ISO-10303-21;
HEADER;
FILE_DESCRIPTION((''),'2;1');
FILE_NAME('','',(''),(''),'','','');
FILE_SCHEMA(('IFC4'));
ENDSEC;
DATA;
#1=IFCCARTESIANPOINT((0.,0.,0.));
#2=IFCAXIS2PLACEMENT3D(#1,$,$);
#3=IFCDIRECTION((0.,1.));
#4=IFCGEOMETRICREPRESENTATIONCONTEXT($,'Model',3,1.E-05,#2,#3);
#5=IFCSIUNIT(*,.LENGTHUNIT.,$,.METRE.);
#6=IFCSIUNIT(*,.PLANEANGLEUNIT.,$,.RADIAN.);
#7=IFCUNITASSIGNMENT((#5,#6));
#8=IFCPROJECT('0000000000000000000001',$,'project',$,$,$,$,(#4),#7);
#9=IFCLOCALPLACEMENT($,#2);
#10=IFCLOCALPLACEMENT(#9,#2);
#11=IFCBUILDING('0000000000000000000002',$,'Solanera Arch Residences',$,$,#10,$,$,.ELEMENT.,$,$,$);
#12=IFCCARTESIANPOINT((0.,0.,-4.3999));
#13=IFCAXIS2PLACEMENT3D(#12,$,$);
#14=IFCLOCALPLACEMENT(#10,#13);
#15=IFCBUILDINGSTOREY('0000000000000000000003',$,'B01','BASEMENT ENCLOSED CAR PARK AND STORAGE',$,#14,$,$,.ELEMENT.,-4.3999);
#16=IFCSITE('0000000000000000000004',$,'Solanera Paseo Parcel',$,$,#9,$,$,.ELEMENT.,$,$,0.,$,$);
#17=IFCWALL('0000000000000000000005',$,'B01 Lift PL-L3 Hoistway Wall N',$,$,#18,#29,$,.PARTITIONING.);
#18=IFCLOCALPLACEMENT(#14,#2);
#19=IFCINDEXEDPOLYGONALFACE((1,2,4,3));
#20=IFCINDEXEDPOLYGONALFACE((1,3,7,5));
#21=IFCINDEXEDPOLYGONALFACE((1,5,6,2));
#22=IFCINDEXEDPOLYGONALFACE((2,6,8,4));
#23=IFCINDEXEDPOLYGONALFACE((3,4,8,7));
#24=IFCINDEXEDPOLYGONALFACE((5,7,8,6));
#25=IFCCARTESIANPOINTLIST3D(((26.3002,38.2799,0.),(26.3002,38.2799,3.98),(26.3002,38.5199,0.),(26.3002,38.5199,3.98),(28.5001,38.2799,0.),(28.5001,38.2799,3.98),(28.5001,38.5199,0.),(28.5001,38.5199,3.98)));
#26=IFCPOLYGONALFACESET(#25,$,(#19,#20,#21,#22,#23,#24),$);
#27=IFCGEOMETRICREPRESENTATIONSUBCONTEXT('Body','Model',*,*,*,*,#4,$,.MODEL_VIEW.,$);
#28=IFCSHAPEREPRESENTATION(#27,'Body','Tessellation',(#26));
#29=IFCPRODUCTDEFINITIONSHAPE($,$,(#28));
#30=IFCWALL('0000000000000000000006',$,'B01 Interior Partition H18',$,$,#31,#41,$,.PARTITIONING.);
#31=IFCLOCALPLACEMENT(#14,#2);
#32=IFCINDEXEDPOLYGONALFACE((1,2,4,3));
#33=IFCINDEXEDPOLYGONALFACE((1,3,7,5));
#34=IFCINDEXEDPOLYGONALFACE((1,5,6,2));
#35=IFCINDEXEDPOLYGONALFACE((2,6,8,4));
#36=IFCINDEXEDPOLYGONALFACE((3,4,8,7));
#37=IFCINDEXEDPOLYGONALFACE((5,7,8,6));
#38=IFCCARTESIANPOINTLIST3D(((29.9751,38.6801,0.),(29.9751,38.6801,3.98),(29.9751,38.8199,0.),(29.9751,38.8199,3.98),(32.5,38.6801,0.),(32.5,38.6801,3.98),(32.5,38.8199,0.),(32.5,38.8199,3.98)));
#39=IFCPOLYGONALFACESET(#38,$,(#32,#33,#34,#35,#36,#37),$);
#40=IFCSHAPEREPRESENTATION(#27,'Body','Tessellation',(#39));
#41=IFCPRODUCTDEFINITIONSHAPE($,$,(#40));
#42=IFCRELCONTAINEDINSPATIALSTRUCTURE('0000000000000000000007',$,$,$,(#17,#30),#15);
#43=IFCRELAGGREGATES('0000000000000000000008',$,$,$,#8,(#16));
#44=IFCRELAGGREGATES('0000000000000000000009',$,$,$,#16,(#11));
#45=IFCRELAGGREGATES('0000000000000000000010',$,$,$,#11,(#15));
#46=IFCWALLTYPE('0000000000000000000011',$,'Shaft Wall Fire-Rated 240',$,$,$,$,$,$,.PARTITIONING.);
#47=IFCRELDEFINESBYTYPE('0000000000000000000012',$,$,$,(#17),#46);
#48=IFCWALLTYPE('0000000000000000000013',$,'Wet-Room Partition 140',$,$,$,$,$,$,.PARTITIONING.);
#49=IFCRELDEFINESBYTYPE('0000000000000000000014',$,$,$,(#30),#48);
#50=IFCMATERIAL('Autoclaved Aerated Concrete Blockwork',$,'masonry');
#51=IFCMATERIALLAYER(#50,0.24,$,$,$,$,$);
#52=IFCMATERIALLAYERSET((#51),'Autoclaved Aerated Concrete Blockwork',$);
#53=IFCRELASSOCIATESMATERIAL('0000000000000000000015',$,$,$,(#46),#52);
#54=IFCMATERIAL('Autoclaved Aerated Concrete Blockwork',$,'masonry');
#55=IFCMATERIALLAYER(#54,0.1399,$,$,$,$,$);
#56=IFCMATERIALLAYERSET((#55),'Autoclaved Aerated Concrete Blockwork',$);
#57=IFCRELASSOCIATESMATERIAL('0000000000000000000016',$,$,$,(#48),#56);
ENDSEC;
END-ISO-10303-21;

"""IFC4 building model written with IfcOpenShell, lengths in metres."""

from ifc_helpers import new_model, si_unit, direction, frame, frame_2d, origin, place, context, subcontext, project, spatial, rectangle, extrude, material, layer, layer_set, type_object, element, save


model = new_model("IFC4")

# Units and contexts
model_context = context("Model", 3, precision=1e-05, world=origin(), true_north=direction((0.0, 1.0)))
body_context = subcontext(model_context, "Body", "Model", "MODEL_VIEW")
ifc_project = project(units=[si_unit("LENGTHUNIT", "METRE"), si_unit("PLANEANGLEUNIT", "RADIAN")], contexts=[model_context])

# Site, building, storey
site_placement = place(None, origin())
site = spatial("IfcSite", under=ifc_project, at=site_placement, Name="Solanera Paseo Parcel", CompositionType="ELEMENT", RefElevation=0.0)
building_placement = place(site_placement, origin())
building = spatial("IfcBuilding", under=site, at=building_placement, Name="Solanera Arch Residences", CompositionType="ELEMENT")
storey_placement = place(building_placement, frame((0.0, 0.0, -4.3999)))
storey = spatial("IfcBuildingStorey", under=building, at=storey_placement, Name="B01", Description="BASEMENT ENCLOSED CAR PARK AND STORAGE", CompositionType="ELEMENT", Elevation=-4.3999)

# Walls
ifc_material_1 = material(Name="Autoclaved Aerated Concrete Blockwork", Category="masonry")
ifc_layer_1 = layer(ifc_material_1, 0.24)
ifc_layer_set_1 = layer_set([ifc_layer_1], Name="Autoclaved Aerated Concrete Blockwork")
wall_type_1 = type_object("IfcWallType", Name="Shaft Wall Fire-Rated 240", PredefinedType="PARTITIONING", material=ifc_layer_set_1)
for number, where, z_axis, x_axis, name in (
    (1, (26.3, 38.3999, 0.0), (0.0, 0.0, 1.0), (1.0, 0.0, 0.0), "B01 Lift PL-L3 Hoistway Wall N"),
):
    element("IfcWall", number, at=place(storey_placement, frame(where, z_axis=z_axis, x_axis=x_axis)), inside=storey, type_object=wall_type_1, Name=name, PredefinedType="PARTITIONING", context=body_context, shape_type="SweptSolid", body=[
        extrude(rectangle(XDim=2.2, YDim=0.24, at=frame_2d((1.1001, 0.0))), origin(), (0.0, 0.0, 1.0), 3.98),
    ])
ifc_material_2 = material(Name="Autoclaved Aerated Concrete Blockwork", Category="masonry")
ifc_layer_2 = layer(ifc_material_2, 0.1399)
ifc_layer_set_2 = layer_set([ifc_layer_2], Name="Autoclaved Aerated Concrete Blockwork")
wall_type_2 = type_object("IfcWallType", Name="Wet-Room Partition 140", PredefinedType="PARTITIONING", material=ifc_layer_set_2)
wall_1_placement = place(storey_placement, frame((29.9751, 38.75, 0.0), z_axis=(0.0, 0.0, 1.0), x_axis=(1.0, 0.0, 0.0)))
element("IfcWall", 2, at=wall_1_placement, inside=storey, type_object=wall_type_2, Name="B01 Interior Partition H18", PredefinedType="PARTITIONING", context=body_context, shape_type="SweptSolid", body=[
    extrude(rectangle(XDim=2.5249, YDim=0.1399, at=frame_2d((1.2625, 0.0))), origin(), (0.0, 0.0, 1.0), 3.98),
])

save(model, "model.ifc")
